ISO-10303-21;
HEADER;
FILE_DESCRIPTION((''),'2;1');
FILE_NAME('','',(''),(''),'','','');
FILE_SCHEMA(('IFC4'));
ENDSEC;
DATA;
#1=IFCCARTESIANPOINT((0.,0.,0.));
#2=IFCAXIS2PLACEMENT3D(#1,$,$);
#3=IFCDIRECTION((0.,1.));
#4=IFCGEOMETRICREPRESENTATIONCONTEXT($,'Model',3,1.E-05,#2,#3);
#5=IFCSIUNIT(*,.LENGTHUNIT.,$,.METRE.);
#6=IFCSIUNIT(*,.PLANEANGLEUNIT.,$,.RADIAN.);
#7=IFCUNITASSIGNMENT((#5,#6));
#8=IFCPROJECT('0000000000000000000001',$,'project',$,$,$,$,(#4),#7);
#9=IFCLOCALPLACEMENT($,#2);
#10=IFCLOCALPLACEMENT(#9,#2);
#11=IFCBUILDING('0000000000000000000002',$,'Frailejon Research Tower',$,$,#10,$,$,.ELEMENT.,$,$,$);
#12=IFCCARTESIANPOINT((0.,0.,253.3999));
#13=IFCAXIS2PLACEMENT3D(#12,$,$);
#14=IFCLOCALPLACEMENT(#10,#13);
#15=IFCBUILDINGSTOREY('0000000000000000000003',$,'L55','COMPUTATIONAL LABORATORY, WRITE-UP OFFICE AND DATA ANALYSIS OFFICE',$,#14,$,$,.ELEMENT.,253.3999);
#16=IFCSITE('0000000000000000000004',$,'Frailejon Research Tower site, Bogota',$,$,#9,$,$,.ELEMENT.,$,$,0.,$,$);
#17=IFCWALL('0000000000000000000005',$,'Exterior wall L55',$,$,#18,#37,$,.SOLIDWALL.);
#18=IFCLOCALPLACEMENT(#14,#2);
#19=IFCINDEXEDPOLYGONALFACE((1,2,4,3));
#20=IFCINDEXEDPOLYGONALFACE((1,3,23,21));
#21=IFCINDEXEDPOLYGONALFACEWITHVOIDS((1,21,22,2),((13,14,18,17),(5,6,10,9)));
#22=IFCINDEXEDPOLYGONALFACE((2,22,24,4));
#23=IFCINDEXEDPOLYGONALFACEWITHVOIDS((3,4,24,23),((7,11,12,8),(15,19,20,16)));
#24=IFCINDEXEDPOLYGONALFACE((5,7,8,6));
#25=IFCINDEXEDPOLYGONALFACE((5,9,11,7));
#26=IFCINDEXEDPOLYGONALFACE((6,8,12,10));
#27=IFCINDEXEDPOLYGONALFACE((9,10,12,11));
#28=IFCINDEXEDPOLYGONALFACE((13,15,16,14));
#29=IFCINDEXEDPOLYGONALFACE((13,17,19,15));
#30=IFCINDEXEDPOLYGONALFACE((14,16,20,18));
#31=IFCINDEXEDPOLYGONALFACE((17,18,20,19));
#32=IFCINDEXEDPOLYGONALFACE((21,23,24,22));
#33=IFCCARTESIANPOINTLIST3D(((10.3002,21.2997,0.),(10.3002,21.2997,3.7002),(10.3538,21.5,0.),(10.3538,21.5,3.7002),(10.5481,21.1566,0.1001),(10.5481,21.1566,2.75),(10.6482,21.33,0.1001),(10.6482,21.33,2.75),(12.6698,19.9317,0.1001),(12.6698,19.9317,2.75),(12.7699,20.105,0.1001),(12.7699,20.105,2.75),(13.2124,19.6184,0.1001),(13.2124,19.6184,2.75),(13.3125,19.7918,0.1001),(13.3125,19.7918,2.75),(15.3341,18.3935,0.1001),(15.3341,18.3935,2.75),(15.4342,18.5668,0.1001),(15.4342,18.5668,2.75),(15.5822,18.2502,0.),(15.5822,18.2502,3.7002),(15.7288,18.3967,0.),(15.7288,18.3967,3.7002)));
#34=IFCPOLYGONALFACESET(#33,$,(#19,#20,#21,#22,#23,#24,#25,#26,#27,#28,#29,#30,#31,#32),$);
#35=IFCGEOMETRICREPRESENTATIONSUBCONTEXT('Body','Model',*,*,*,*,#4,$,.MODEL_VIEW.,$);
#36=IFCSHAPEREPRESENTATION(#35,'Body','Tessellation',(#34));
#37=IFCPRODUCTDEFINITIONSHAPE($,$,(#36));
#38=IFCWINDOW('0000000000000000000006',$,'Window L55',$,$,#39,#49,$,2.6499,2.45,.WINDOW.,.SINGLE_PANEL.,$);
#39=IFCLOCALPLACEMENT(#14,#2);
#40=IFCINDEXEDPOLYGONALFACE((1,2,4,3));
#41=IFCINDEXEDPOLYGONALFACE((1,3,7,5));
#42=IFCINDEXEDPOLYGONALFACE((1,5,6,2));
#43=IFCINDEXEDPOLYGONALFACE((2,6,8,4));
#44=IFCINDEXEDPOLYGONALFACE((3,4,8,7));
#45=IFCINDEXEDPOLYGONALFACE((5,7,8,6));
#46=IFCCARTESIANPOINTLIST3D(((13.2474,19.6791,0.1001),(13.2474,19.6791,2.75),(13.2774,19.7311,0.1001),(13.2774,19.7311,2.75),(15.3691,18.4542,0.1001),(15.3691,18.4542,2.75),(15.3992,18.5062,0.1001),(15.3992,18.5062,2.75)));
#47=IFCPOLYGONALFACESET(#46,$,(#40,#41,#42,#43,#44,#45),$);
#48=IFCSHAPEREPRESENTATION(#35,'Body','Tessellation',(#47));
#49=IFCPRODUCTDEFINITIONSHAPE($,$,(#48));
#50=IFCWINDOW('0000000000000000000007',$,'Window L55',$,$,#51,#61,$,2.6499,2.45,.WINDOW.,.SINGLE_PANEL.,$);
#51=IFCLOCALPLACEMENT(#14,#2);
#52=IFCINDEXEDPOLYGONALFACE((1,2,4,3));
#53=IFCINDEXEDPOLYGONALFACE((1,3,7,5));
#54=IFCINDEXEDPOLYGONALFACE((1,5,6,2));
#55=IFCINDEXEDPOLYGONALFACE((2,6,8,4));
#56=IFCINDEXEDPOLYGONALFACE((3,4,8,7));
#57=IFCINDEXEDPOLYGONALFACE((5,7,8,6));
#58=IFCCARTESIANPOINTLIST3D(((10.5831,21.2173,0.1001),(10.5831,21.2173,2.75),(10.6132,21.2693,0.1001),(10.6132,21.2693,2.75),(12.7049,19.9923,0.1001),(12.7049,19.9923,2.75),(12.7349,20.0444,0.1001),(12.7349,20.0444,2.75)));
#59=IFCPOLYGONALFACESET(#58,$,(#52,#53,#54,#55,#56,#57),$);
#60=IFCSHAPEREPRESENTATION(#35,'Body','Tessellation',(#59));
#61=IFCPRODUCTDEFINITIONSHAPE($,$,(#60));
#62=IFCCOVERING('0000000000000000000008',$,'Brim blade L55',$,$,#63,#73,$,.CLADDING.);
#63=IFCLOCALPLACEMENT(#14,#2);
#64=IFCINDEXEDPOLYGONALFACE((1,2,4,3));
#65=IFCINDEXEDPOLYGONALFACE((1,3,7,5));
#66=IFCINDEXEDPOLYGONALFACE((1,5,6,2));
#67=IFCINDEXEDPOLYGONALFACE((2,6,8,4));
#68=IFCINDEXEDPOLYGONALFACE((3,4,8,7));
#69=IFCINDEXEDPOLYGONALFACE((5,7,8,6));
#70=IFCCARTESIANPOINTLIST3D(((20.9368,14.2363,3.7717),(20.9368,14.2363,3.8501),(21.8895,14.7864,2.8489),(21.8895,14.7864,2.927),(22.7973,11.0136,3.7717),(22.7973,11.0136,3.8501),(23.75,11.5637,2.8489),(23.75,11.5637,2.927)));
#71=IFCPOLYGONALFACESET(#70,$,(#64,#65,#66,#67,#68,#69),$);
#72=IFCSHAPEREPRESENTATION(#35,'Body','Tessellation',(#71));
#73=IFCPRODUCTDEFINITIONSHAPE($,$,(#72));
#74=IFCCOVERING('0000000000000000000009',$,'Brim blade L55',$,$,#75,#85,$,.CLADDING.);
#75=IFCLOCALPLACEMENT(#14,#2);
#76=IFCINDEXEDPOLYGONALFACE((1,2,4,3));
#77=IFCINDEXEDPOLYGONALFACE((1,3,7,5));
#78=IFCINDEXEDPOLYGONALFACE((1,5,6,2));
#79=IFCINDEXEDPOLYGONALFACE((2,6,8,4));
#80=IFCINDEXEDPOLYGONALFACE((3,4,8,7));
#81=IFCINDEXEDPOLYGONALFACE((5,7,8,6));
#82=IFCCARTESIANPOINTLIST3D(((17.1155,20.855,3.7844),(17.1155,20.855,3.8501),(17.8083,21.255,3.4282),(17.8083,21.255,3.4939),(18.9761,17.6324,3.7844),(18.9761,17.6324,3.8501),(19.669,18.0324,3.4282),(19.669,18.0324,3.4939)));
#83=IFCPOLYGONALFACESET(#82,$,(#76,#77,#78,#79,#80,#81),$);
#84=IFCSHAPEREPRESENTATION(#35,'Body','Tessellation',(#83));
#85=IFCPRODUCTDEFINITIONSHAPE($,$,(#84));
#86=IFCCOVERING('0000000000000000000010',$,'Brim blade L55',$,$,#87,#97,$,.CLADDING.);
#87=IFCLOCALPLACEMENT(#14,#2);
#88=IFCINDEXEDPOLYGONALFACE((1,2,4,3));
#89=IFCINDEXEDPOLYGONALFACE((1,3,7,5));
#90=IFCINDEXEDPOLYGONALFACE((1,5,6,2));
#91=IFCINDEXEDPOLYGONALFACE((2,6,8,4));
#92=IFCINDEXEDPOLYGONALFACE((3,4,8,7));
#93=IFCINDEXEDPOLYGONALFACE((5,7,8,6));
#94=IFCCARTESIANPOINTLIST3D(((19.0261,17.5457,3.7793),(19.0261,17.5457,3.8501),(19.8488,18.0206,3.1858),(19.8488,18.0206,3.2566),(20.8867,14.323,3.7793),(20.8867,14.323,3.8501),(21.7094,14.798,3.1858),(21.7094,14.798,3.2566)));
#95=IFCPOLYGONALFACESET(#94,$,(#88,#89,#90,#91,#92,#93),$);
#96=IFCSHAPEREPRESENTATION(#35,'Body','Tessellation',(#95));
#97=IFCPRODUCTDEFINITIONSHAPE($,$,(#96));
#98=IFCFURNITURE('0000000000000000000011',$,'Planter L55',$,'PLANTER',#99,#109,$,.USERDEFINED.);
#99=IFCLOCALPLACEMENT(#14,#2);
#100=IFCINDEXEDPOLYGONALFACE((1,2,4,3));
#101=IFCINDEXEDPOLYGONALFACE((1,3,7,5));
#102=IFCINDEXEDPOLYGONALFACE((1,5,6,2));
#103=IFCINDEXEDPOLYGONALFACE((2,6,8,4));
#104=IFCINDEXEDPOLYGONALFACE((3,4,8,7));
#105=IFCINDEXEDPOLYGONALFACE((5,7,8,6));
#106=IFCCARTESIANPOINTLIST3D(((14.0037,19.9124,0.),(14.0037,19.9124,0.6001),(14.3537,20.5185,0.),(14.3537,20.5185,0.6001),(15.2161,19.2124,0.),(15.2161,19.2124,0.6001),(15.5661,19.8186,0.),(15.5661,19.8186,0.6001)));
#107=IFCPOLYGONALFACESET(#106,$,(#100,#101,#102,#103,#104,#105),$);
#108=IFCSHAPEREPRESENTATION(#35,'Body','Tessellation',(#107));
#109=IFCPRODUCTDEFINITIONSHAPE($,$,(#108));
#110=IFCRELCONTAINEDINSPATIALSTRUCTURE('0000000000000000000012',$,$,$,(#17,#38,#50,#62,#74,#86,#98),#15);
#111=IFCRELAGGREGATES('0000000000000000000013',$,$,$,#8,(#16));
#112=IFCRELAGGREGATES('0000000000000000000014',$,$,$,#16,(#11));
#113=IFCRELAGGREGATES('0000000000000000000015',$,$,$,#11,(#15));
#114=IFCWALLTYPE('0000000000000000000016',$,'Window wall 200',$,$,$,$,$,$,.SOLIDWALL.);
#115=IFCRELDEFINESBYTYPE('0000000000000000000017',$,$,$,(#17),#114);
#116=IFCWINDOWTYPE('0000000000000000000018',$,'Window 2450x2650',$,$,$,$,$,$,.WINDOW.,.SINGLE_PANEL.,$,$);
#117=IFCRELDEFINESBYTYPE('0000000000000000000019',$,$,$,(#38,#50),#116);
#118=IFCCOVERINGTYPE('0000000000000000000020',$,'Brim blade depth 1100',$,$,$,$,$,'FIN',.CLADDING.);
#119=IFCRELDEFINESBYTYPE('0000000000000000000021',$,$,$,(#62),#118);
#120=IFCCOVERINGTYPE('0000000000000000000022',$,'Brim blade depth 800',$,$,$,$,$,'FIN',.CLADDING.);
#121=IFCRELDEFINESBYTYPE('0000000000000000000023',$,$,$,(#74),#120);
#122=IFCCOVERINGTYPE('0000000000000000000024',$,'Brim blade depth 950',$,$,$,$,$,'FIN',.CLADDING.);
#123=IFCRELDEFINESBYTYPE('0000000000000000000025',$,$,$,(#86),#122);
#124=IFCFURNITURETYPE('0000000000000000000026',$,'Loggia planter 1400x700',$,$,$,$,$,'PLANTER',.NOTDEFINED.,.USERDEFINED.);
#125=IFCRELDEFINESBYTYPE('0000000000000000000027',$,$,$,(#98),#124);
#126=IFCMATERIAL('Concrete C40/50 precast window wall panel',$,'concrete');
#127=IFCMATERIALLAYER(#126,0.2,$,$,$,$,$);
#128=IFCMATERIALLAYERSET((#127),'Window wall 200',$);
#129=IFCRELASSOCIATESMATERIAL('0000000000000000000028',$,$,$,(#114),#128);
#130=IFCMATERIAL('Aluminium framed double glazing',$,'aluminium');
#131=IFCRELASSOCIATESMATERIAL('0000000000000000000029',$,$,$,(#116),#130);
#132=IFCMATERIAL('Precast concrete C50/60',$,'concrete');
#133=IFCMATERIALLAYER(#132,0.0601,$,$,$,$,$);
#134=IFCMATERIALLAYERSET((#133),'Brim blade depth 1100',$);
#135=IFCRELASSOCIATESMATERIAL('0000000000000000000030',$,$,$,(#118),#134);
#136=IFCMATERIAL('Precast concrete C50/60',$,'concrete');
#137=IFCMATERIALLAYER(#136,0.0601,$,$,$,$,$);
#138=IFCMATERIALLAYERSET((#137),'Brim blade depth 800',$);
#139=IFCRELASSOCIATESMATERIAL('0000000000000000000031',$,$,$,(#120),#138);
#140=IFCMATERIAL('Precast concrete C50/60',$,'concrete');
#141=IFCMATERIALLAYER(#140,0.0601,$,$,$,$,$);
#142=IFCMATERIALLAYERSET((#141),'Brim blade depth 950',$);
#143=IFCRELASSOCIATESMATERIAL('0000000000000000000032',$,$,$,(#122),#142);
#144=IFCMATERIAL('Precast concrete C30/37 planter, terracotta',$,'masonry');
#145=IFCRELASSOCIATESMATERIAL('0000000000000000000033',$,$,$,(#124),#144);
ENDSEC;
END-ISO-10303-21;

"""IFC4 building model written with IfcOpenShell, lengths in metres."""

from ifc_helpers import new_model, si_unit, direction, frame, frame_2d, origin, origin_2d, place, context, subcontext, project, spatial, polyline, rectangle, outline, extrude, material, layer, layer_set, type_object, element, fill, save


model = new_model("IFC4")

# Units and contexts
model_context = context("Model", 3, precision=1e-05, world=origin(), true_north=direction((0.0, 1.0)))
body_context = subcontext(model_context, "Body", "Model", "MODEL_VIEW")
ifc_project = project(units=[si_unit("LENGTHUNIT", "METRE"), si_unit("PLANEANGLEUNIT", "RADIAN")], contexts=[model_context])

# Site, building, storey
site_placement = place(None, origin())
site = spatial("IfcSite", under=ifc_project, at=site_placement, Name="Frailejon Research Tower site, Bogota", CompositionType="ELEMENT", RefElevation=0.0)
building_placement = place(site_placement, origin())
building = spatial("IfcBuilding", under=site, at=building_placement, Name="Frailejon Research Tower", CompositionType="ELEMENT")
storey_placement = place(building_placement, frame((0.0, 0.0, 253.3999)))
storey = spatial("IfcBuildingStorey", under=building, at=storey_placement, Name="L55", Description="COMPUTATIONAL LABORATORY, WRITE-UP OFFICE AND DATA ANALYSIS OFFICE", CompositionType="ELEMENT", Elevation=253.3999)

# Wall, openings, windows
ifc_material_1 = material(Name="Concrete C40/50 precast window wall panel", Category="concrete")
ifc_layer_1 = layer(ifc_material_1, 0.2)
ifc_layer_set_1 = layer_set([ifc_layer_1], Name="Window wall 200")
wall_type = type_object("IfcWallType", Name="Window wall 200", PredefinedType="SOLIDWALL", material=ifc_layer_set_1)
wall_placement = place(storey_placement, frame((15.6555, 18.3235, 0.0), z_axis=(0.0, 0.0, 1.0), x_axis=(-0.86603, 0.499993, 0.0)))
wall = element("IfcWall", 1, at=wall_placement, inside=storey, type_object=wall_type, Name="Exterior wall L55", PredefinedType="SOLIDWALL", context=body_context, shape_type="SweptSolid", body=[
    extrude(outline(polyline([(-0.0269, -0.1001), (1.0076, -0.1001), (2.042, -0.1001), (3.0764, -0.1001), (4.1108, -0.1001), (5.1453, -0.1001), (6.1797, -0.1001), (6.126, 0.1001), (5.1094, 0.1001), (4.093, 0.1001), (3.0764, 0.1001), (2.0598, 0.1001), (1.0435, 0.1001), (0.0269, 0.1001), (-0.0269, -0.1001)])), origin(), (0.0, 0.0, 1.0), 3.7002),
])
opening_1_placement = place(wall_placement, frame((0.3132, 0.0, 0.1001)))
opening_1 = element("IfcOpeningElement", 2, at=opening_1_placement, cuts=wall, PredefinedType="OPENING", context=body_context, shape_type="SweptSolid", body=[
    extrude(rectangle(XDim=2.45, YDim=2.6499, at=frame_2d((1.2251, 1.325))), frame((0.0, 0.1099, 0.0), z_axis=(0.0, -1.0, 0.0), x_axis=(1.0, 0.0, 0.0)), (0.0, 0.0, 1.0), 0.22),
])
opening_2_placement = place(wall_placement, frame((3.3896, 0.0, 0.1001)))
opening_2 = element("IfcOpeningElement", 3, at=opening_2_placement, cuts=wall, PredefinedType="OPENING", context=body_context, shape_type="SweptSolid", body=[
    extrude(rectangle(XDim=2.45, YDim=2.6499, at=frame_2d((1.2251, 1.325))), frame((0.0, 0.1099, 0.0), z_axis=(0.0, -1.0, 0.0), x_axis=(1.0, 0.0, 0.0)), (0.0, 0.0, 1.0), 0.22),
])
ifc_material_2 = material(Name="Aluminium framed double glazing", Category="aluminium")
window_type = type_object("IfcWindowType", Name="Window 2450x2650", PartitioningType="SINGLE_PANEL", PredefinedType="WINDOW", material=ifc_material_2)
window_1_placement = place(opening_1_placement, origin())
window_1 = element("IfcWindow", 4, at=window_1_placement, inside=storey, type_object=window_type, Name="Window L55", OverallHeight=2.6499, OverallWidth=2.45, PartitioningType="SINGLE_PANEL", PredefinedType="WINDOW", context=body_context, shape_type="SweptSolid", body=[
    extrude(rectangle(XDim=2.45, YDim=2.6499, at=frame_2d((1.2251, 1.325))), frame((0.0, 0.03, 0.0), z_axis=(0.0, -1.0, 0.0), x_axis=(1.0, 0.0, 0.0)), (0.0, 0.0, 1.0), 0.0601),
])
fill(opening_1, window_1)
window_2_placement = place(opening_2_placement, origin())
window_2 = element("IfcWindow", 5, at=window_2_placement, inside=storey, type_object=window_type, Name="Window L55", OverallHeight=2.6499, OverallWidth=2.45, PartitioningType="SINGLE_PANEL", PredefinedType="WINDOW", context=body_context, shape_type="SweptSolid", body=[
    extrude(rectangle(XDim=2.45, YDim=2.6499, at=frame_2d((1.2251, 1.325))), frame((0.0, 0.03, 0.0), z_axis=(0.0, -1.0, 0.0), x_axis=(1.0, 0.0, 0.0)), (0.0, 0.0, 1.0), 0.0601),
])
fill(opening_2, window_2)

# Coverings
ifc_material_3 = material(Name="Precast concrete C50/60", Category="concrete")
ifc_layer_2 = layer(ifc_material_3, 0.0601)
ifc_layer_set_2 = layer_set([ifc_layer_2], Name="Brim blade depth 1100")
covering_type_1 = type_object("IfcCoveringType", Name="Brim blade depth 1100", ElementType="FIN", PredefinedType="CLADDING", material=ifc_layer_set_2)
covering_1_placement = place(storey_placement, frame((20.9368, 14.2363, 3.8501), z_axis=(0.499984, -0.866035, 0.0), x_axis=(0.866035, 0.499984, 0.0)))
element("IfcCovering", 6, at=covering_1_placement, inside=storey, type_object=covering_type_1, Name="Brim blade L55", PredefinedType="CLADDING", context=body_context, shape_type="SweptSolid", body=[
    extrude(outline(polyline([(0.0, -0.0784), (1.1001, -1.0012), (1.1001, -0.9231), (0.0, 0.0), (0.0, -0.0784)])), origin(), (0.0, 0.0, 1.0), 3.7212),
])
ifc_material_4 = material(Name="Precast concrete C50/60", Category="concrete")
ifc_layer_3 = layer(ifc_material_4, 0.0601)
ifc_layer_set_3 = layer_set([ifc_layer_3], Name="Brim blade depth 800")
covering_type_2 = type_object("IfcCoveringType", Name="Brim blade depth 800", ElementType="FIN", PredefinedType="CLADDING", material=ifc_layer_set_3)
covering_2_placement = place(storey_placement, frame((17.1155, 20.855, 3.8501), z_axis=(0.500015, -0.866017, 0.0), x_axis=(0.866017, 0.500015, 0.0)))
element("IfcCovering", 7, at=covering_2_placement, inside=storey, type_object=covering_type_2, Name="Brim blade L55", PredefinedType="CLADDING", context=body_context, shape_type="SweptSolid", body=[
    extrude(outline(polyline([(0.0, -0.0657), (0.8, -0.4219), (0.8, -0.3562), (0.0, 0.0), (0.0, -0.0657)])), origin(), (0.0, 0.0, 1.0), 3.7212),
])
ifc_material_5 = material(Name="Precast concrete C50/60", Category="concrete")
ifc_layer_4 = layer(ifc_material_5, 0.0601)
ifc_layer_set_4 = layer_set([ifc_layer_4], Name="Brim blade depth 950")
covering_type_3 = type_object("IfcCoveringType", Name="Brim blade depth 950", ElementType="FIN", PredefinedType="CLADDING", material=ifc_layer_set_4)
covering_3_placement = place(storey_placement, frame((19.0261, 17.5457, 3.8501), z_axis=(0.499995, -0.866028, 0.0), x_axis=(0.866028, 0.499995, 0.0)))
element("IfcCovering", 8, at=covering_3_placement, inside=storey, type_object=covering_type_3, Name="Brim blade L55", PredefinedType="CLADDING", context=body_context, shape_type="SweptSolid", body=[
    extrude(outline(polyline([(0.0, -0.0708), (0.95, -0.6643), (0.95, -0.5935), (0.0, 0.0), (0.0, -0.0708)])), origin(), (0.0, 0.0, 1.0), 3.7212),
])

# Furniture
ifc_material_6 = material(Name="Precast concrete C30/37 planter, terracotta", Category="masonry")
furniture_type = type_object("IfcFurnitureType", Name="Loggia planter 1400x700", ElementType="PLANTER", AssemblyPlace="NOTDEFINED", PredefinedType="USERDEFINED", material=ifc_material_6)
furniture_placement = place(storey_placement, frame((14.7849, 19.8655, 0.0), z_axis=(0.0, 0.0, 1.0), x_axis=(-0.866025, 0.5, 0.0)))
element("IfcFurniture", 9, at=furniture_placement, inside=storey, type_object=furniture_type, Name="Planter L55", ObjectType="PLANTER", PredefinedType="USERDEFINED", context=body_context, shape_type="SweptSolid", body=[
    extrude(rectangle(XDim=1.3999, YDim=0.7, at=origin_2d()), origin(), (0.0, 0.0, 1.0), 0.6001),
])

save(model, "model.ifc")
